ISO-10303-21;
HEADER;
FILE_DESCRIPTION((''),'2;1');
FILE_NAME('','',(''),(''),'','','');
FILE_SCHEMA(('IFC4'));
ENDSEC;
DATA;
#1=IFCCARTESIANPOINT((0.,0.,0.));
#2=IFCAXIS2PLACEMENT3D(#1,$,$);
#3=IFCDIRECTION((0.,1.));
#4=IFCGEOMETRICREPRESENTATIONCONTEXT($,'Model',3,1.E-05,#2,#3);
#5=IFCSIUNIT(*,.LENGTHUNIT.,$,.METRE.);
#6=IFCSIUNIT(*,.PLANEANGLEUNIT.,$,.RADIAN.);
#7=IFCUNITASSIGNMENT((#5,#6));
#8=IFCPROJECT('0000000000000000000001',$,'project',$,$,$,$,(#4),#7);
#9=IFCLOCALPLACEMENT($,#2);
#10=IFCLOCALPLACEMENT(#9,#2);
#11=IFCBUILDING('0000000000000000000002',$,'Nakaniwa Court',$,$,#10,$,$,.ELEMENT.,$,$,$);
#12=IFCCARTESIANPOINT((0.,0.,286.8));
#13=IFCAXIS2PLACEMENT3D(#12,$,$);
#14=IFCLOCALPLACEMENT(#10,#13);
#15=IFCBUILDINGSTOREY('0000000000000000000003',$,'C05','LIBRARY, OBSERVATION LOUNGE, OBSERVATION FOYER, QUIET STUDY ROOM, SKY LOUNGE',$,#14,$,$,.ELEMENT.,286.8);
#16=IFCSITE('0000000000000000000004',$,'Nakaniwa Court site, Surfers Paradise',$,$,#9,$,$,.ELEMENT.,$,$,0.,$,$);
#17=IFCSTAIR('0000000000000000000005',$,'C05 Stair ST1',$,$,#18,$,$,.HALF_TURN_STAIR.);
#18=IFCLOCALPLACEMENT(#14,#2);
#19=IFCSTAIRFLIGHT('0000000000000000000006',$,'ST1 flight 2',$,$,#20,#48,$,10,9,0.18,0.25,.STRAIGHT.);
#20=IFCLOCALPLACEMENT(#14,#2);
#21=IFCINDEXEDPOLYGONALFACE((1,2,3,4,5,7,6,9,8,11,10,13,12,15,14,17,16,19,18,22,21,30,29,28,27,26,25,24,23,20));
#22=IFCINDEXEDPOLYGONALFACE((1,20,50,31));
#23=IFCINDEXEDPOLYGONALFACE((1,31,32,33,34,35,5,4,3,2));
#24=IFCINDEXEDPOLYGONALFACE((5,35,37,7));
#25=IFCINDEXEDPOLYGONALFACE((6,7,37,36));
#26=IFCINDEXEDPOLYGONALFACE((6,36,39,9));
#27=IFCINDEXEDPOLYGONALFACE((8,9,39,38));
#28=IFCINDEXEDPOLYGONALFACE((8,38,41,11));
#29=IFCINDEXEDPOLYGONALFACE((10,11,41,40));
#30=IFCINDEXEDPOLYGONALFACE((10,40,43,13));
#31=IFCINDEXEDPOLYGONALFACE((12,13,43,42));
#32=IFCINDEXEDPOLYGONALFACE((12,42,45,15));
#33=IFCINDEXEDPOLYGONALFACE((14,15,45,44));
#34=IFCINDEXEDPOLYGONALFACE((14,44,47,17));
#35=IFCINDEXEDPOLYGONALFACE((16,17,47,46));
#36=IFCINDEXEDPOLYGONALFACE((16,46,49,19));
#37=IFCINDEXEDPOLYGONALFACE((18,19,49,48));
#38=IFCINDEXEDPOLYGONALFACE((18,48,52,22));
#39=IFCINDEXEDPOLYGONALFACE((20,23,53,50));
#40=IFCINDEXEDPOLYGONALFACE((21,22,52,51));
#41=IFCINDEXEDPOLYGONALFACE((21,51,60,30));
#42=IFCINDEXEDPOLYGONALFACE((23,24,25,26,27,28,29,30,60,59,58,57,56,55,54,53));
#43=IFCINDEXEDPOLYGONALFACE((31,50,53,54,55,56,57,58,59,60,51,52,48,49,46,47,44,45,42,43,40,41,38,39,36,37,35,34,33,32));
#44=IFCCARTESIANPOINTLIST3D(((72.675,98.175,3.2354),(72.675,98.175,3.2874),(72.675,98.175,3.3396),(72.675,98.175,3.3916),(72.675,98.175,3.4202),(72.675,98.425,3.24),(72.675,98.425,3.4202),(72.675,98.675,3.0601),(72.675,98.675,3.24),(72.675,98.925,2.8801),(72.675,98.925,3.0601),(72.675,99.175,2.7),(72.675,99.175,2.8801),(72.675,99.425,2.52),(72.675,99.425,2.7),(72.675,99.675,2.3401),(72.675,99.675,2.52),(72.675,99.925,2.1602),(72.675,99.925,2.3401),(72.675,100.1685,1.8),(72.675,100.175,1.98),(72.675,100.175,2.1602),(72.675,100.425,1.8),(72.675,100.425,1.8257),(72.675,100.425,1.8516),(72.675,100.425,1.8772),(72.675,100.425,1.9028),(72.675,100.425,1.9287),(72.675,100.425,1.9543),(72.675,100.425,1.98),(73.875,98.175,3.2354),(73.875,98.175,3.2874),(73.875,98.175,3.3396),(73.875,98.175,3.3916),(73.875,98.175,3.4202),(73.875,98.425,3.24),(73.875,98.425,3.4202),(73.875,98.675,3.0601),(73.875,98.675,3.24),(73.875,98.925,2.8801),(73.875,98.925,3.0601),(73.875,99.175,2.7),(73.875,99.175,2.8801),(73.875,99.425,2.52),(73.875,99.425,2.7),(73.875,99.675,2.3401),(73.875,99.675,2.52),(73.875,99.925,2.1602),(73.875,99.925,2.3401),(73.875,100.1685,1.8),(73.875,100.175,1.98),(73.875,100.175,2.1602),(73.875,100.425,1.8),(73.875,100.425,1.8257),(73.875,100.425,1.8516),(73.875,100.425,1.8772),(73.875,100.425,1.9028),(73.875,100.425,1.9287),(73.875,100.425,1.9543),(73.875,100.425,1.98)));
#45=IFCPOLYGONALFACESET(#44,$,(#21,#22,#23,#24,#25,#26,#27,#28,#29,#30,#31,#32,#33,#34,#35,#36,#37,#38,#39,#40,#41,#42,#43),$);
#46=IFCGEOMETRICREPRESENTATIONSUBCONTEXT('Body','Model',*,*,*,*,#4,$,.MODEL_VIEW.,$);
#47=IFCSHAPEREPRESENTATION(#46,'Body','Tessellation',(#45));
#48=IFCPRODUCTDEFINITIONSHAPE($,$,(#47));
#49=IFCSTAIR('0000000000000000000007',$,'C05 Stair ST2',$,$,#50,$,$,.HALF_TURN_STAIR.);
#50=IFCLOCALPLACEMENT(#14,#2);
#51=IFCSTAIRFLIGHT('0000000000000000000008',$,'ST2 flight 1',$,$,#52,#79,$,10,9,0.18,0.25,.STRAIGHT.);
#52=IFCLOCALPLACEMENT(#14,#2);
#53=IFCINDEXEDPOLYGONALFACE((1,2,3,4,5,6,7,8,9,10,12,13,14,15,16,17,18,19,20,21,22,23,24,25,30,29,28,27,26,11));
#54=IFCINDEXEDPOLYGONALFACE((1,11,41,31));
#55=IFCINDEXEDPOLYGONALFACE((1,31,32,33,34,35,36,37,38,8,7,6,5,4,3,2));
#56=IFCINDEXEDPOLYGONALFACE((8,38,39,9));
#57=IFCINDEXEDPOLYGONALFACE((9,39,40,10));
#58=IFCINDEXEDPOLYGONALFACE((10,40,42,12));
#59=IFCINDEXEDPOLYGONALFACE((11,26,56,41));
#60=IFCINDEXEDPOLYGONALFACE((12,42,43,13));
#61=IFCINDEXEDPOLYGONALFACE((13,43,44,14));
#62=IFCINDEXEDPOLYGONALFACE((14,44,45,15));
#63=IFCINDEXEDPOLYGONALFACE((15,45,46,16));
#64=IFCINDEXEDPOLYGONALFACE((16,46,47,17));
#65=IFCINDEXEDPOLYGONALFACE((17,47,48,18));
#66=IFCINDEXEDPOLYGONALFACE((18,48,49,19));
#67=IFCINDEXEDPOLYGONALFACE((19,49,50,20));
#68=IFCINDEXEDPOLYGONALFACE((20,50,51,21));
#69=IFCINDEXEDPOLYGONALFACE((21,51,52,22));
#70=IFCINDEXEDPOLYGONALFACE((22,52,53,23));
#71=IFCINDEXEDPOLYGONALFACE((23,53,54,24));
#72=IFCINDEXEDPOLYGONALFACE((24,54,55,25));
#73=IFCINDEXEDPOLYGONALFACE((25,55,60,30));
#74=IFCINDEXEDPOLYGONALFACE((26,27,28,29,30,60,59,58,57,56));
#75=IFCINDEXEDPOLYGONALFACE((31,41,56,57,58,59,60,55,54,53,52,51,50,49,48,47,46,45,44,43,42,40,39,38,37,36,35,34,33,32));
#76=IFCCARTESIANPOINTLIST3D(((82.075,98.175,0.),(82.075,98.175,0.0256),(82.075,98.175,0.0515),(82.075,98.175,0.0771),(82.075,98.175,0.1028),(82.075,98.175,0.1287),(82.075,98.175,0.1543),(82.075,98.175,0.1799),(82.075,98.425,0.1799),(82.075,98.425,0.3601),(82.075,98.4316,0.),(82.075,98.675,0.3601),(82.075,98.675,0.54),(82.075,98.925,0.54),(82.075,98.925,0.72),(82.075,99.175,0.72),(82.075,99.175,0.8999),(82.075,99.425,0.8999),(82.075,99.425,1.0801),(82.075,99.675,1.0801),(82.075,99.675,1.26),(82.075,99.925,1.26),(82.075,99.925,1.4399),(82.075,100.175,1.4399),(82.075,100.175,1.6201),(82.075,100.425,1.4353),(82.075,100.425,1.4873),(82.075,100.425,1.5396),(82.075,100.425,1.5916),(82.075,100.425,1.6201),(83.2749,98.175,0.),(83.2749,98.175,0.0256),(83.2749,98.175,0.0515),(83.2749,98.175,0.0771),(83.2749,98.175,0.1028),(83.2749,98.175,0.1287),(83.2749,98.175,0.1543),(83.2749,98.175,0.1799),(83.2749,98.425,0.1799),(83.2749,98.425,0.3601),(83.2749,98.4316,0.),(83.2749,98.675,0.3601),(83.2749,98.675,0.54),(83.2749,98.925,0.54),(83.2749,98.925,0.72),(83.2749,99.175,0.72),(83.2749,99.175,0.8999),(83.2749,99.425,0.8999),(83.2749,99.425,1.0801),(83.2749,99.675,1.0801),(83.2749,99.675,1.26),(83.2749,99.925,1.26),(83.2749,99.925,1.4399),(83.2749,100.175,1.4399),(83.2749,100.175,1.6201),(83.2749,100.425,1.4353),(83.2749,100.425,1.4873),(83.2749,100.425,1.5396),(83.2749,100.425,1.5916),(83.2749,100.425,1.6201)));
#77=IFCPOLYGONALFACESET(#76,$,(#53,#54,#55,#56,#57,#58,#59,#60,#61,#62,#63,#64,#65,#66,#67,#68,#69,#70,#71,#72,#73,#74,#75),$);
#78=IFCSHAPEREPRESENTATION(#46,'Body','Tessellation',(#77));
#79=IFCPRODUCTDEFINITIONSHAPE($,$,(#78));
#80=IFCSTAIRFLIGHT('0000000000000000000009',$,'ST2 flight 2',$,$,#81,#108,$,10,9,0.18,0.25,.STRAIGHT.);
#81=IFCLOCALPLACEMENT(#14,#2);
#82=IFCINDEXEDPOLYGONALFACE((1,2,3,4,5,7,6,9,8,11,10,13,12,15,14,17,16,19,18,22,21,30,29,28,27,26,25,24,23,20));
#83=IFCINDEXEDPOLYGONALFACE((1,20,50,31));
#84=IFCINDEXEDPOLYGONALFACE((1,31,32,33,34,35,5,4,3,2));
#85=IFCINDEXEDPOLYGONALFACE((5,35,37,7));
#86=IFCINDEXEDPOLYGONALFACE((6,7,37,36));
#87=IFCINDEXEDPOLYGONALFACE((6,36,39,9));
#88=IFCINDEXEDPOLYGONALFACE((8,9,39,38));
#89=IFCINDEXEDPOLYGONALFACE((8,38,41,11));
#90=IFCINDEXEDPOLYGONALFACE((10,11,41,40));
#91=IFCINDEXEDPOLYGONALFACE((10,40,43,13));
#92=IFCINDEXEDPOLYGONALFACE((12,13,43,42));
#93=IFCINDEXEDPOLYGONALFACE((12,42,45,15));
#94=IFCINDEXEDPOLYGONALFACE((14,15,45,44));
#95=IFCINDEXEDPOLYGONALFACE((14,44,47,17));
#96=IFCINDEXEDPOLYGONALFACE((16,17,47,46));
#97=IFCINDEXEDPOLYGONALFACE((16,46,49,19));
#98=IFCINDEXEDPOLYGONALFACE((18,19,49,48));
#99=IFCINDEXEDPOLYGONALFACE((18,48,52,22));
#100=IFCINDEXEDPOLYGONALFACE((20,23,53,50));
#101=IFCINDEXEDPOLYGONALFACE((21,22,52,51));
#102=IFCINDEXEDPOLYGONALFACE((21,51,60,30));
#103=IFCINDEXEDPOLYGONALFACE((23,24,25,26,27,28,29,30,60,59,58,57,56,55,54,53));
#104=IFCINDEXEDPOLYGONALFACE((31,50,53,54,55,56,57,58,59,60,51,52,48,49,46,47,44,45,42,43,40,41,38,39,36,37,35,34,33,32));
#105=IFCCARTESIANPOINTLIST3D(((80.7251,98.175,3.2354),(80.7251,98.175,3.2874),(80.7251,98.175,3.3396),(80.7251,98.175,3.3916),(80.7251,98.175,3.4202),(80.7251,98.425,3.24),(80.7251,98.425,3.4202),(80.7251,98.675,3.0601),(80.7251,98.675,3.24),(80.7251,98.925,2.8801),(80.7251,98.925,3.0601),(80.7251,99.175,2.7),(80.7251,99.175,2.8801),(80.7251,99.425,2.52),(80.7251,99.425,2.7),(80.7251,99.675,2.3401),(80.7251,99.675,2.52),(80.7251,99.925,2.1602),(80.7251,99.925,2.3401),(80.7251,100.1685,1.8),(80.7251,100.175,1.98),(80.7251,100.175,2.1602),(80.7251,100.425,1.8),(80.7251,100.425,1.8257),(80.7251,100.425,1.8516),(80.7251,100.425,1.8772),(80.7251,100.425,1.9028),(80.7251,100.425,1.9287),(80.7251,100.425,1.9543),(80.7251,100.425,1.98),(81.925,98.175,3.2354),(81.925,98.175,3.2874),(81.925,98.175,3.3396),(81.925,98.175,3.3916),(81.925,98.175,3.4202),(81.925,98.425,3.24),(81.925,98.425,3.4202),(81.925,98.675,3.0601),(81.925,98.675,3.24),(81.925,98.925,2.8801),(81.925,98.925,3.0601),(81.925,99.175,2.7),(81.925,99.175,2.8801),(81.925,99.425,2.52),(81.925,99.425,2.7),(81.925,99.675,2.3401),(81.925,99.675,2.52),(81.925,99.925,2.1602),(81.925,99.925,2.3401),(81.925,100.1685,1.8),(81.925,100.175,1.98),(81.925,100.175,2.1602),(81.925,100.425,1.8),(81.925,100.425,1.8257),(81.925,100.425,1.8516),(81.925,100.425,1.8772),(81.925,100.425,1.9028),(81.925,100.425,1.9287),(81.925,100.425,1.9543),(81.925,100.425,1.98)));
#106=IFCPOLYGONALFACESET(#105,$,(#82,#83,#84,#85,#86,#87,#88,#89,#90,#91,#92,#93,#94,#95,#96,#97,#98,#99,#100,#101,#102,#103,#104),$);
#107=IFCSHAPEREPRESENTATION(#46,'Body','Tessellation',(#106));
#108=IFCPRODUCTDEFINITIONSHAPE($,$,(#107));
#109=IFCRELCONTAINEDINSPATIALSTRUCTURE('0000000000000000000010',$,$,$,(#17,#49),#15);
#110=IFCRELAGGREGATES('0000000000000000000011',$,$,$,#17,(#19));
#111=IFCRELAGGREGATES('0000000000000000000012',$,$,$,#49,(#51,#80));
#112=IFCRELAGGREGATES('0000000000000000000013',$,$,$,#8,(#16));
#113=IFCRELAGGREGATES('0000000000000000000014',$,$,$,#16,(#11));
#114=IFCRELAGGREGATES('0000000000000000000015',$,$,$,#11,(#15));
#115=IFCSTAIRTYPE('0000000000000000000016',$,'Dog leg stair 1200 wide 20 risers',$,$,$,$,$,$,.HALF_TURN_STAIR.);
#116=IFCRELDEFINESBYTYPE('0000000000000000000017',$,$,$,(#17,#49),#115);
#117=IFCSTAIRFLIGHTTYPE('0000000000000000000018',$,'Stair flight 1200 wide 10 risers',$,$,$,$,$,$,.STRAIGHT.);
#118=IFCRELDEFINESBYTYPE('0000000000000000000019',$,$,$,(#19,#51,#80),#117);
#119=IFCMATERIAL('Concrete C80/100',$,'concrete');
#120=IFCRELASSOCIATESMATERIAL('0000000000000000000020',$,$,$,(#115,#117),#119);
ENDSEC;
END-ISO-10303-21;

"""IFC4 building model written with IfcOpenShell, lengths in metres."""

from ifc_helpers import new_model, si_unit, direction, frame, origin, place, context, subcontext, project, spatial, polyline, outline, extrude, material, type_object, element, aggregate, save


model = new_model("IFC4")

# Units and contexts
model_context = context("Model", 3, precision=1e-05, world=origin(), true_north=direction((0.0, 1.0)))
body_context = subcontext(model_context, "Body", "Model", "MODEL_VIEW")
ifc_project = project(units=[si_unit("LENGTHUNIT", "METRE"), si_unit("PLANEANGLEUNIT", "RADIAN")], contexts=[model_context])

# Site, building, storey
site_placement = place(None, origin())
site = spatial("IfcSite", under=ifc_project, at=site_placement, Name="Nakaniwa Court site, Surfers Paradise", CompositionType="ELEMENT", RefElevation=0.0)
building_placement = place(site_placement, origin())
building = spatial("IfcBuilding", under=site, at=building_placement, Name="Nakaniwa Court", CompositionType="ELEMENT")
storey_placement = place(building_placement, frame((0.0, 0.0, 286.8)))
storey = spatial("IfcBuildingStorey", under=building, at=storey_placement, Name="C05", Description="LIBRARY, OBSERVATION LOUNGE, OBSERVATION FOYER, QUIET STUDY ROOM, SKY LOUNGE", CompositionType="ELEMENT", Elevation=286.8)

# Shared definitions
ifc_material_1 = material(Name="Concrete C80/100", Category="concrete")

# Stairs, stair flights
stair_type = type_object("IfcStairType", Name="Dog leg stair 1200 wide 20 risers", PredefinedType="HALF_TURN_STAIR", material=ifc_material_1)
stair_1_placement = place(storey_placement, origin())
stair_1 = element("IfcStair", 1, at=stair_1_placement, inside=storey, type_object=stair_type, Name="C05 Stair ST1", PredefinedType="HALF_TURN_STAIR")
stair_flight_type = type_object("IfcStairFlightType", Name="Stair flight 1200 wide 10 risers", PredefinedType="STRAIGHT", material=ifc_material_1)
stair_flight_1_placement = place(storey_placement, frame((73.2749, 100.425, 1.8), z_axis=(0.0, 0.0, 1.0), x_axis=(0.0, -1.0, 0.0)))
stair_flight_1 = element("IfcStairFlight", 2, at=stair_flight_1_placement, type_object=stair_flight_type, Name="ST1 flight 2", NumberOfRisers=10, NumberOfTreads=9, PredefinedType="STRAIGHT", RiserHeight=0.18, TreadLength=0.25, context=body_context, shape_type="SweptSolid", body=[
    extrude(outline(polyline([(0.0, 0.0), (0.0, 0.0256), (0.0, 0.0515), (0.0, 0.0771), (0.0, 0.1028), (0.0, 0.1287), (0.0, 0.1543), (0.0, 0.1799), (0.25, 0.1799), (0.25, 0.3601), (0.5, 0.3601), (0.5, 0.54), (0.75, 0.54), (0.75, 0.72), (1.0, 0.72), (1.0, 0.8999), (1.25, 0.8999), (1.25, 1.0801), (1.5, 1.0801), (1.5, 1.26), (1.75, 1.26), (1.75, 1.4399), (2.0, 1.4399), (2.0, 1.6201), (2.25, 1.6201), (2.25, 1.8), (2.25, 1.7478), (2.25, 1.6958), (2.25, 1.6438), (2.25, 1.5916), (2.25, 1.5396), (2.25, 1.4873), (2.25, 1.4353), (0.2566, 0.0), (0.0, 0.0)])), frame((0.0, 0.6001, 0.0), z_axis=(0.0, -1.0, 0.0), x_axis=(1.0, 0.0, 0.0)), (0.0, 0.0, 1.0), 1.2),
])
aggregate(stair_1, [stair_flight_1])
stair_2_placement = place(storey_placement, origin())
stair_2 = element("IfcStair", 3, at=stair_2_placement, inside=storey, type_object=stair_type, Name="C05 Stair ST2", PredefinedType="HALF_TURN_STAIR")
stair_flight_2_placement = place(storey_placement, frame((82.675, 98.175, 0.0), z_axis=(0.0, 0.0, 1.0), x_axis=(0.0, 1.0, 0.0)))
stair_flight_2 = element("IfcStairFlight", 4, at=stair_flight_2_placement, type_object=stair_flight_type, Name="ST2 flight 1", NumberOfRisers=10, NumberOfTreads=9, PredefinedType="STRAIGHT", RiserHeight=0.18, TreadLength=0.25, context=body_context, shape_type="SweptSolid", body=[
    extrude(outline(polyline([(0.0, 0.0), (0.0, 0.0256), (0.0, 0.0515), (0.0, 0.0771), (0.0, 0.1028), (0.0, 0.1287), (0.0, 0.1543), (0.0, 0.1799), (0.25, 0.1799), (0.25, 0.3601), (0.5, 0.3601), (0.5, 0.54), (0.75, 0.54), (0.75, 0.72), (1.0, 0.72), (1.0, 0.8999), (1.25, 0.8999), (1.25, 1.0801), (1.5, 1.0801), (1.5, 1.26), (1.75, 1.26), (1.75, 1.4399), (2.0, 1.4399), (2.0, 1.6201), (2.25, 1.6201), (2.25, 1.8), (2.25, 1.7478), (2.25, 1.6958), (2.25, 1.6438), (2.25, 1.5916), (2.25, 1.5396), (2.25, 1.4873), (2.25, 1.4353), (0.2566, 0.0), (0.0, 0.0)])), frame((0.0, 0.6001, 0.0), z_axis=(0.0, -1.0, 0.0), x_axis=(1.0, 0.0, 0.0)), (0.0, 0.0, 1.0), 1.2),
])
stair_flight_3_placement = place(storey_placement, frame((81.325, 100.425, 1.8), z_axis=(0.0, 0.0, 1.0), x_axis=(0.0, -1.0, 0.0)))
stair_flight_3 = element("IfcStairFlight", 5, at=stair_flight_3_placement, type_object=stair_flight_type, Name="ST2 flight 2", NumberOfRisers=10, NumberOfTreads=9, PredefinedType="STRAIGHT", RiserHeight=0.18, TreadLength=0.25, context=body_context, shape_type="SweptSolid", body=[
    extrude(outline(polyline([(0.0, 0.0), (0.0, 0.0256), (0.0, 0.0515), (0.0, 0.0771), (0.0, 0.1028), (0.0, 0.1287), (0.0, 0.1543), (0.0, 0.1799), (0.25, 0.1799), (0.25, 0.3601), (0.5, 0.3601), (0.5, 0.54), (0.75, 0.54), (0.75, 0.72), (1.0, 0.72), (1.0, 0.8999), (1.25, 0.8999), (1.25, 1.0801), (1.5, 1.0801), (1.5, 1.26), (1.75, 1.26), (1.75, 1.4399), (2.0, 1.4399), (2.0, 1.6201), (2.25, 1.6201), (2.25, 1.8), (2.25, 1.7478), (2.25, 1.6958), (2.25, 1.6438), (2.25, 1.5916), (2.25, 1.5396), (2.25, 1.4873), (2.25, 1.4353), (0.2566, 0.0), (0.0, 0.0)])), frame((0.0, 0.6001, 0.0), z_axis=(0.0, -1.0, 0.0), x_axis=(1.0, 0.0, 0.0)), (0.0, 0.0, 1.0), 1.2),
])
aggregate(stair_2, [stair_flight_2, stair_flight_3])

save(model, "model.ifc")
